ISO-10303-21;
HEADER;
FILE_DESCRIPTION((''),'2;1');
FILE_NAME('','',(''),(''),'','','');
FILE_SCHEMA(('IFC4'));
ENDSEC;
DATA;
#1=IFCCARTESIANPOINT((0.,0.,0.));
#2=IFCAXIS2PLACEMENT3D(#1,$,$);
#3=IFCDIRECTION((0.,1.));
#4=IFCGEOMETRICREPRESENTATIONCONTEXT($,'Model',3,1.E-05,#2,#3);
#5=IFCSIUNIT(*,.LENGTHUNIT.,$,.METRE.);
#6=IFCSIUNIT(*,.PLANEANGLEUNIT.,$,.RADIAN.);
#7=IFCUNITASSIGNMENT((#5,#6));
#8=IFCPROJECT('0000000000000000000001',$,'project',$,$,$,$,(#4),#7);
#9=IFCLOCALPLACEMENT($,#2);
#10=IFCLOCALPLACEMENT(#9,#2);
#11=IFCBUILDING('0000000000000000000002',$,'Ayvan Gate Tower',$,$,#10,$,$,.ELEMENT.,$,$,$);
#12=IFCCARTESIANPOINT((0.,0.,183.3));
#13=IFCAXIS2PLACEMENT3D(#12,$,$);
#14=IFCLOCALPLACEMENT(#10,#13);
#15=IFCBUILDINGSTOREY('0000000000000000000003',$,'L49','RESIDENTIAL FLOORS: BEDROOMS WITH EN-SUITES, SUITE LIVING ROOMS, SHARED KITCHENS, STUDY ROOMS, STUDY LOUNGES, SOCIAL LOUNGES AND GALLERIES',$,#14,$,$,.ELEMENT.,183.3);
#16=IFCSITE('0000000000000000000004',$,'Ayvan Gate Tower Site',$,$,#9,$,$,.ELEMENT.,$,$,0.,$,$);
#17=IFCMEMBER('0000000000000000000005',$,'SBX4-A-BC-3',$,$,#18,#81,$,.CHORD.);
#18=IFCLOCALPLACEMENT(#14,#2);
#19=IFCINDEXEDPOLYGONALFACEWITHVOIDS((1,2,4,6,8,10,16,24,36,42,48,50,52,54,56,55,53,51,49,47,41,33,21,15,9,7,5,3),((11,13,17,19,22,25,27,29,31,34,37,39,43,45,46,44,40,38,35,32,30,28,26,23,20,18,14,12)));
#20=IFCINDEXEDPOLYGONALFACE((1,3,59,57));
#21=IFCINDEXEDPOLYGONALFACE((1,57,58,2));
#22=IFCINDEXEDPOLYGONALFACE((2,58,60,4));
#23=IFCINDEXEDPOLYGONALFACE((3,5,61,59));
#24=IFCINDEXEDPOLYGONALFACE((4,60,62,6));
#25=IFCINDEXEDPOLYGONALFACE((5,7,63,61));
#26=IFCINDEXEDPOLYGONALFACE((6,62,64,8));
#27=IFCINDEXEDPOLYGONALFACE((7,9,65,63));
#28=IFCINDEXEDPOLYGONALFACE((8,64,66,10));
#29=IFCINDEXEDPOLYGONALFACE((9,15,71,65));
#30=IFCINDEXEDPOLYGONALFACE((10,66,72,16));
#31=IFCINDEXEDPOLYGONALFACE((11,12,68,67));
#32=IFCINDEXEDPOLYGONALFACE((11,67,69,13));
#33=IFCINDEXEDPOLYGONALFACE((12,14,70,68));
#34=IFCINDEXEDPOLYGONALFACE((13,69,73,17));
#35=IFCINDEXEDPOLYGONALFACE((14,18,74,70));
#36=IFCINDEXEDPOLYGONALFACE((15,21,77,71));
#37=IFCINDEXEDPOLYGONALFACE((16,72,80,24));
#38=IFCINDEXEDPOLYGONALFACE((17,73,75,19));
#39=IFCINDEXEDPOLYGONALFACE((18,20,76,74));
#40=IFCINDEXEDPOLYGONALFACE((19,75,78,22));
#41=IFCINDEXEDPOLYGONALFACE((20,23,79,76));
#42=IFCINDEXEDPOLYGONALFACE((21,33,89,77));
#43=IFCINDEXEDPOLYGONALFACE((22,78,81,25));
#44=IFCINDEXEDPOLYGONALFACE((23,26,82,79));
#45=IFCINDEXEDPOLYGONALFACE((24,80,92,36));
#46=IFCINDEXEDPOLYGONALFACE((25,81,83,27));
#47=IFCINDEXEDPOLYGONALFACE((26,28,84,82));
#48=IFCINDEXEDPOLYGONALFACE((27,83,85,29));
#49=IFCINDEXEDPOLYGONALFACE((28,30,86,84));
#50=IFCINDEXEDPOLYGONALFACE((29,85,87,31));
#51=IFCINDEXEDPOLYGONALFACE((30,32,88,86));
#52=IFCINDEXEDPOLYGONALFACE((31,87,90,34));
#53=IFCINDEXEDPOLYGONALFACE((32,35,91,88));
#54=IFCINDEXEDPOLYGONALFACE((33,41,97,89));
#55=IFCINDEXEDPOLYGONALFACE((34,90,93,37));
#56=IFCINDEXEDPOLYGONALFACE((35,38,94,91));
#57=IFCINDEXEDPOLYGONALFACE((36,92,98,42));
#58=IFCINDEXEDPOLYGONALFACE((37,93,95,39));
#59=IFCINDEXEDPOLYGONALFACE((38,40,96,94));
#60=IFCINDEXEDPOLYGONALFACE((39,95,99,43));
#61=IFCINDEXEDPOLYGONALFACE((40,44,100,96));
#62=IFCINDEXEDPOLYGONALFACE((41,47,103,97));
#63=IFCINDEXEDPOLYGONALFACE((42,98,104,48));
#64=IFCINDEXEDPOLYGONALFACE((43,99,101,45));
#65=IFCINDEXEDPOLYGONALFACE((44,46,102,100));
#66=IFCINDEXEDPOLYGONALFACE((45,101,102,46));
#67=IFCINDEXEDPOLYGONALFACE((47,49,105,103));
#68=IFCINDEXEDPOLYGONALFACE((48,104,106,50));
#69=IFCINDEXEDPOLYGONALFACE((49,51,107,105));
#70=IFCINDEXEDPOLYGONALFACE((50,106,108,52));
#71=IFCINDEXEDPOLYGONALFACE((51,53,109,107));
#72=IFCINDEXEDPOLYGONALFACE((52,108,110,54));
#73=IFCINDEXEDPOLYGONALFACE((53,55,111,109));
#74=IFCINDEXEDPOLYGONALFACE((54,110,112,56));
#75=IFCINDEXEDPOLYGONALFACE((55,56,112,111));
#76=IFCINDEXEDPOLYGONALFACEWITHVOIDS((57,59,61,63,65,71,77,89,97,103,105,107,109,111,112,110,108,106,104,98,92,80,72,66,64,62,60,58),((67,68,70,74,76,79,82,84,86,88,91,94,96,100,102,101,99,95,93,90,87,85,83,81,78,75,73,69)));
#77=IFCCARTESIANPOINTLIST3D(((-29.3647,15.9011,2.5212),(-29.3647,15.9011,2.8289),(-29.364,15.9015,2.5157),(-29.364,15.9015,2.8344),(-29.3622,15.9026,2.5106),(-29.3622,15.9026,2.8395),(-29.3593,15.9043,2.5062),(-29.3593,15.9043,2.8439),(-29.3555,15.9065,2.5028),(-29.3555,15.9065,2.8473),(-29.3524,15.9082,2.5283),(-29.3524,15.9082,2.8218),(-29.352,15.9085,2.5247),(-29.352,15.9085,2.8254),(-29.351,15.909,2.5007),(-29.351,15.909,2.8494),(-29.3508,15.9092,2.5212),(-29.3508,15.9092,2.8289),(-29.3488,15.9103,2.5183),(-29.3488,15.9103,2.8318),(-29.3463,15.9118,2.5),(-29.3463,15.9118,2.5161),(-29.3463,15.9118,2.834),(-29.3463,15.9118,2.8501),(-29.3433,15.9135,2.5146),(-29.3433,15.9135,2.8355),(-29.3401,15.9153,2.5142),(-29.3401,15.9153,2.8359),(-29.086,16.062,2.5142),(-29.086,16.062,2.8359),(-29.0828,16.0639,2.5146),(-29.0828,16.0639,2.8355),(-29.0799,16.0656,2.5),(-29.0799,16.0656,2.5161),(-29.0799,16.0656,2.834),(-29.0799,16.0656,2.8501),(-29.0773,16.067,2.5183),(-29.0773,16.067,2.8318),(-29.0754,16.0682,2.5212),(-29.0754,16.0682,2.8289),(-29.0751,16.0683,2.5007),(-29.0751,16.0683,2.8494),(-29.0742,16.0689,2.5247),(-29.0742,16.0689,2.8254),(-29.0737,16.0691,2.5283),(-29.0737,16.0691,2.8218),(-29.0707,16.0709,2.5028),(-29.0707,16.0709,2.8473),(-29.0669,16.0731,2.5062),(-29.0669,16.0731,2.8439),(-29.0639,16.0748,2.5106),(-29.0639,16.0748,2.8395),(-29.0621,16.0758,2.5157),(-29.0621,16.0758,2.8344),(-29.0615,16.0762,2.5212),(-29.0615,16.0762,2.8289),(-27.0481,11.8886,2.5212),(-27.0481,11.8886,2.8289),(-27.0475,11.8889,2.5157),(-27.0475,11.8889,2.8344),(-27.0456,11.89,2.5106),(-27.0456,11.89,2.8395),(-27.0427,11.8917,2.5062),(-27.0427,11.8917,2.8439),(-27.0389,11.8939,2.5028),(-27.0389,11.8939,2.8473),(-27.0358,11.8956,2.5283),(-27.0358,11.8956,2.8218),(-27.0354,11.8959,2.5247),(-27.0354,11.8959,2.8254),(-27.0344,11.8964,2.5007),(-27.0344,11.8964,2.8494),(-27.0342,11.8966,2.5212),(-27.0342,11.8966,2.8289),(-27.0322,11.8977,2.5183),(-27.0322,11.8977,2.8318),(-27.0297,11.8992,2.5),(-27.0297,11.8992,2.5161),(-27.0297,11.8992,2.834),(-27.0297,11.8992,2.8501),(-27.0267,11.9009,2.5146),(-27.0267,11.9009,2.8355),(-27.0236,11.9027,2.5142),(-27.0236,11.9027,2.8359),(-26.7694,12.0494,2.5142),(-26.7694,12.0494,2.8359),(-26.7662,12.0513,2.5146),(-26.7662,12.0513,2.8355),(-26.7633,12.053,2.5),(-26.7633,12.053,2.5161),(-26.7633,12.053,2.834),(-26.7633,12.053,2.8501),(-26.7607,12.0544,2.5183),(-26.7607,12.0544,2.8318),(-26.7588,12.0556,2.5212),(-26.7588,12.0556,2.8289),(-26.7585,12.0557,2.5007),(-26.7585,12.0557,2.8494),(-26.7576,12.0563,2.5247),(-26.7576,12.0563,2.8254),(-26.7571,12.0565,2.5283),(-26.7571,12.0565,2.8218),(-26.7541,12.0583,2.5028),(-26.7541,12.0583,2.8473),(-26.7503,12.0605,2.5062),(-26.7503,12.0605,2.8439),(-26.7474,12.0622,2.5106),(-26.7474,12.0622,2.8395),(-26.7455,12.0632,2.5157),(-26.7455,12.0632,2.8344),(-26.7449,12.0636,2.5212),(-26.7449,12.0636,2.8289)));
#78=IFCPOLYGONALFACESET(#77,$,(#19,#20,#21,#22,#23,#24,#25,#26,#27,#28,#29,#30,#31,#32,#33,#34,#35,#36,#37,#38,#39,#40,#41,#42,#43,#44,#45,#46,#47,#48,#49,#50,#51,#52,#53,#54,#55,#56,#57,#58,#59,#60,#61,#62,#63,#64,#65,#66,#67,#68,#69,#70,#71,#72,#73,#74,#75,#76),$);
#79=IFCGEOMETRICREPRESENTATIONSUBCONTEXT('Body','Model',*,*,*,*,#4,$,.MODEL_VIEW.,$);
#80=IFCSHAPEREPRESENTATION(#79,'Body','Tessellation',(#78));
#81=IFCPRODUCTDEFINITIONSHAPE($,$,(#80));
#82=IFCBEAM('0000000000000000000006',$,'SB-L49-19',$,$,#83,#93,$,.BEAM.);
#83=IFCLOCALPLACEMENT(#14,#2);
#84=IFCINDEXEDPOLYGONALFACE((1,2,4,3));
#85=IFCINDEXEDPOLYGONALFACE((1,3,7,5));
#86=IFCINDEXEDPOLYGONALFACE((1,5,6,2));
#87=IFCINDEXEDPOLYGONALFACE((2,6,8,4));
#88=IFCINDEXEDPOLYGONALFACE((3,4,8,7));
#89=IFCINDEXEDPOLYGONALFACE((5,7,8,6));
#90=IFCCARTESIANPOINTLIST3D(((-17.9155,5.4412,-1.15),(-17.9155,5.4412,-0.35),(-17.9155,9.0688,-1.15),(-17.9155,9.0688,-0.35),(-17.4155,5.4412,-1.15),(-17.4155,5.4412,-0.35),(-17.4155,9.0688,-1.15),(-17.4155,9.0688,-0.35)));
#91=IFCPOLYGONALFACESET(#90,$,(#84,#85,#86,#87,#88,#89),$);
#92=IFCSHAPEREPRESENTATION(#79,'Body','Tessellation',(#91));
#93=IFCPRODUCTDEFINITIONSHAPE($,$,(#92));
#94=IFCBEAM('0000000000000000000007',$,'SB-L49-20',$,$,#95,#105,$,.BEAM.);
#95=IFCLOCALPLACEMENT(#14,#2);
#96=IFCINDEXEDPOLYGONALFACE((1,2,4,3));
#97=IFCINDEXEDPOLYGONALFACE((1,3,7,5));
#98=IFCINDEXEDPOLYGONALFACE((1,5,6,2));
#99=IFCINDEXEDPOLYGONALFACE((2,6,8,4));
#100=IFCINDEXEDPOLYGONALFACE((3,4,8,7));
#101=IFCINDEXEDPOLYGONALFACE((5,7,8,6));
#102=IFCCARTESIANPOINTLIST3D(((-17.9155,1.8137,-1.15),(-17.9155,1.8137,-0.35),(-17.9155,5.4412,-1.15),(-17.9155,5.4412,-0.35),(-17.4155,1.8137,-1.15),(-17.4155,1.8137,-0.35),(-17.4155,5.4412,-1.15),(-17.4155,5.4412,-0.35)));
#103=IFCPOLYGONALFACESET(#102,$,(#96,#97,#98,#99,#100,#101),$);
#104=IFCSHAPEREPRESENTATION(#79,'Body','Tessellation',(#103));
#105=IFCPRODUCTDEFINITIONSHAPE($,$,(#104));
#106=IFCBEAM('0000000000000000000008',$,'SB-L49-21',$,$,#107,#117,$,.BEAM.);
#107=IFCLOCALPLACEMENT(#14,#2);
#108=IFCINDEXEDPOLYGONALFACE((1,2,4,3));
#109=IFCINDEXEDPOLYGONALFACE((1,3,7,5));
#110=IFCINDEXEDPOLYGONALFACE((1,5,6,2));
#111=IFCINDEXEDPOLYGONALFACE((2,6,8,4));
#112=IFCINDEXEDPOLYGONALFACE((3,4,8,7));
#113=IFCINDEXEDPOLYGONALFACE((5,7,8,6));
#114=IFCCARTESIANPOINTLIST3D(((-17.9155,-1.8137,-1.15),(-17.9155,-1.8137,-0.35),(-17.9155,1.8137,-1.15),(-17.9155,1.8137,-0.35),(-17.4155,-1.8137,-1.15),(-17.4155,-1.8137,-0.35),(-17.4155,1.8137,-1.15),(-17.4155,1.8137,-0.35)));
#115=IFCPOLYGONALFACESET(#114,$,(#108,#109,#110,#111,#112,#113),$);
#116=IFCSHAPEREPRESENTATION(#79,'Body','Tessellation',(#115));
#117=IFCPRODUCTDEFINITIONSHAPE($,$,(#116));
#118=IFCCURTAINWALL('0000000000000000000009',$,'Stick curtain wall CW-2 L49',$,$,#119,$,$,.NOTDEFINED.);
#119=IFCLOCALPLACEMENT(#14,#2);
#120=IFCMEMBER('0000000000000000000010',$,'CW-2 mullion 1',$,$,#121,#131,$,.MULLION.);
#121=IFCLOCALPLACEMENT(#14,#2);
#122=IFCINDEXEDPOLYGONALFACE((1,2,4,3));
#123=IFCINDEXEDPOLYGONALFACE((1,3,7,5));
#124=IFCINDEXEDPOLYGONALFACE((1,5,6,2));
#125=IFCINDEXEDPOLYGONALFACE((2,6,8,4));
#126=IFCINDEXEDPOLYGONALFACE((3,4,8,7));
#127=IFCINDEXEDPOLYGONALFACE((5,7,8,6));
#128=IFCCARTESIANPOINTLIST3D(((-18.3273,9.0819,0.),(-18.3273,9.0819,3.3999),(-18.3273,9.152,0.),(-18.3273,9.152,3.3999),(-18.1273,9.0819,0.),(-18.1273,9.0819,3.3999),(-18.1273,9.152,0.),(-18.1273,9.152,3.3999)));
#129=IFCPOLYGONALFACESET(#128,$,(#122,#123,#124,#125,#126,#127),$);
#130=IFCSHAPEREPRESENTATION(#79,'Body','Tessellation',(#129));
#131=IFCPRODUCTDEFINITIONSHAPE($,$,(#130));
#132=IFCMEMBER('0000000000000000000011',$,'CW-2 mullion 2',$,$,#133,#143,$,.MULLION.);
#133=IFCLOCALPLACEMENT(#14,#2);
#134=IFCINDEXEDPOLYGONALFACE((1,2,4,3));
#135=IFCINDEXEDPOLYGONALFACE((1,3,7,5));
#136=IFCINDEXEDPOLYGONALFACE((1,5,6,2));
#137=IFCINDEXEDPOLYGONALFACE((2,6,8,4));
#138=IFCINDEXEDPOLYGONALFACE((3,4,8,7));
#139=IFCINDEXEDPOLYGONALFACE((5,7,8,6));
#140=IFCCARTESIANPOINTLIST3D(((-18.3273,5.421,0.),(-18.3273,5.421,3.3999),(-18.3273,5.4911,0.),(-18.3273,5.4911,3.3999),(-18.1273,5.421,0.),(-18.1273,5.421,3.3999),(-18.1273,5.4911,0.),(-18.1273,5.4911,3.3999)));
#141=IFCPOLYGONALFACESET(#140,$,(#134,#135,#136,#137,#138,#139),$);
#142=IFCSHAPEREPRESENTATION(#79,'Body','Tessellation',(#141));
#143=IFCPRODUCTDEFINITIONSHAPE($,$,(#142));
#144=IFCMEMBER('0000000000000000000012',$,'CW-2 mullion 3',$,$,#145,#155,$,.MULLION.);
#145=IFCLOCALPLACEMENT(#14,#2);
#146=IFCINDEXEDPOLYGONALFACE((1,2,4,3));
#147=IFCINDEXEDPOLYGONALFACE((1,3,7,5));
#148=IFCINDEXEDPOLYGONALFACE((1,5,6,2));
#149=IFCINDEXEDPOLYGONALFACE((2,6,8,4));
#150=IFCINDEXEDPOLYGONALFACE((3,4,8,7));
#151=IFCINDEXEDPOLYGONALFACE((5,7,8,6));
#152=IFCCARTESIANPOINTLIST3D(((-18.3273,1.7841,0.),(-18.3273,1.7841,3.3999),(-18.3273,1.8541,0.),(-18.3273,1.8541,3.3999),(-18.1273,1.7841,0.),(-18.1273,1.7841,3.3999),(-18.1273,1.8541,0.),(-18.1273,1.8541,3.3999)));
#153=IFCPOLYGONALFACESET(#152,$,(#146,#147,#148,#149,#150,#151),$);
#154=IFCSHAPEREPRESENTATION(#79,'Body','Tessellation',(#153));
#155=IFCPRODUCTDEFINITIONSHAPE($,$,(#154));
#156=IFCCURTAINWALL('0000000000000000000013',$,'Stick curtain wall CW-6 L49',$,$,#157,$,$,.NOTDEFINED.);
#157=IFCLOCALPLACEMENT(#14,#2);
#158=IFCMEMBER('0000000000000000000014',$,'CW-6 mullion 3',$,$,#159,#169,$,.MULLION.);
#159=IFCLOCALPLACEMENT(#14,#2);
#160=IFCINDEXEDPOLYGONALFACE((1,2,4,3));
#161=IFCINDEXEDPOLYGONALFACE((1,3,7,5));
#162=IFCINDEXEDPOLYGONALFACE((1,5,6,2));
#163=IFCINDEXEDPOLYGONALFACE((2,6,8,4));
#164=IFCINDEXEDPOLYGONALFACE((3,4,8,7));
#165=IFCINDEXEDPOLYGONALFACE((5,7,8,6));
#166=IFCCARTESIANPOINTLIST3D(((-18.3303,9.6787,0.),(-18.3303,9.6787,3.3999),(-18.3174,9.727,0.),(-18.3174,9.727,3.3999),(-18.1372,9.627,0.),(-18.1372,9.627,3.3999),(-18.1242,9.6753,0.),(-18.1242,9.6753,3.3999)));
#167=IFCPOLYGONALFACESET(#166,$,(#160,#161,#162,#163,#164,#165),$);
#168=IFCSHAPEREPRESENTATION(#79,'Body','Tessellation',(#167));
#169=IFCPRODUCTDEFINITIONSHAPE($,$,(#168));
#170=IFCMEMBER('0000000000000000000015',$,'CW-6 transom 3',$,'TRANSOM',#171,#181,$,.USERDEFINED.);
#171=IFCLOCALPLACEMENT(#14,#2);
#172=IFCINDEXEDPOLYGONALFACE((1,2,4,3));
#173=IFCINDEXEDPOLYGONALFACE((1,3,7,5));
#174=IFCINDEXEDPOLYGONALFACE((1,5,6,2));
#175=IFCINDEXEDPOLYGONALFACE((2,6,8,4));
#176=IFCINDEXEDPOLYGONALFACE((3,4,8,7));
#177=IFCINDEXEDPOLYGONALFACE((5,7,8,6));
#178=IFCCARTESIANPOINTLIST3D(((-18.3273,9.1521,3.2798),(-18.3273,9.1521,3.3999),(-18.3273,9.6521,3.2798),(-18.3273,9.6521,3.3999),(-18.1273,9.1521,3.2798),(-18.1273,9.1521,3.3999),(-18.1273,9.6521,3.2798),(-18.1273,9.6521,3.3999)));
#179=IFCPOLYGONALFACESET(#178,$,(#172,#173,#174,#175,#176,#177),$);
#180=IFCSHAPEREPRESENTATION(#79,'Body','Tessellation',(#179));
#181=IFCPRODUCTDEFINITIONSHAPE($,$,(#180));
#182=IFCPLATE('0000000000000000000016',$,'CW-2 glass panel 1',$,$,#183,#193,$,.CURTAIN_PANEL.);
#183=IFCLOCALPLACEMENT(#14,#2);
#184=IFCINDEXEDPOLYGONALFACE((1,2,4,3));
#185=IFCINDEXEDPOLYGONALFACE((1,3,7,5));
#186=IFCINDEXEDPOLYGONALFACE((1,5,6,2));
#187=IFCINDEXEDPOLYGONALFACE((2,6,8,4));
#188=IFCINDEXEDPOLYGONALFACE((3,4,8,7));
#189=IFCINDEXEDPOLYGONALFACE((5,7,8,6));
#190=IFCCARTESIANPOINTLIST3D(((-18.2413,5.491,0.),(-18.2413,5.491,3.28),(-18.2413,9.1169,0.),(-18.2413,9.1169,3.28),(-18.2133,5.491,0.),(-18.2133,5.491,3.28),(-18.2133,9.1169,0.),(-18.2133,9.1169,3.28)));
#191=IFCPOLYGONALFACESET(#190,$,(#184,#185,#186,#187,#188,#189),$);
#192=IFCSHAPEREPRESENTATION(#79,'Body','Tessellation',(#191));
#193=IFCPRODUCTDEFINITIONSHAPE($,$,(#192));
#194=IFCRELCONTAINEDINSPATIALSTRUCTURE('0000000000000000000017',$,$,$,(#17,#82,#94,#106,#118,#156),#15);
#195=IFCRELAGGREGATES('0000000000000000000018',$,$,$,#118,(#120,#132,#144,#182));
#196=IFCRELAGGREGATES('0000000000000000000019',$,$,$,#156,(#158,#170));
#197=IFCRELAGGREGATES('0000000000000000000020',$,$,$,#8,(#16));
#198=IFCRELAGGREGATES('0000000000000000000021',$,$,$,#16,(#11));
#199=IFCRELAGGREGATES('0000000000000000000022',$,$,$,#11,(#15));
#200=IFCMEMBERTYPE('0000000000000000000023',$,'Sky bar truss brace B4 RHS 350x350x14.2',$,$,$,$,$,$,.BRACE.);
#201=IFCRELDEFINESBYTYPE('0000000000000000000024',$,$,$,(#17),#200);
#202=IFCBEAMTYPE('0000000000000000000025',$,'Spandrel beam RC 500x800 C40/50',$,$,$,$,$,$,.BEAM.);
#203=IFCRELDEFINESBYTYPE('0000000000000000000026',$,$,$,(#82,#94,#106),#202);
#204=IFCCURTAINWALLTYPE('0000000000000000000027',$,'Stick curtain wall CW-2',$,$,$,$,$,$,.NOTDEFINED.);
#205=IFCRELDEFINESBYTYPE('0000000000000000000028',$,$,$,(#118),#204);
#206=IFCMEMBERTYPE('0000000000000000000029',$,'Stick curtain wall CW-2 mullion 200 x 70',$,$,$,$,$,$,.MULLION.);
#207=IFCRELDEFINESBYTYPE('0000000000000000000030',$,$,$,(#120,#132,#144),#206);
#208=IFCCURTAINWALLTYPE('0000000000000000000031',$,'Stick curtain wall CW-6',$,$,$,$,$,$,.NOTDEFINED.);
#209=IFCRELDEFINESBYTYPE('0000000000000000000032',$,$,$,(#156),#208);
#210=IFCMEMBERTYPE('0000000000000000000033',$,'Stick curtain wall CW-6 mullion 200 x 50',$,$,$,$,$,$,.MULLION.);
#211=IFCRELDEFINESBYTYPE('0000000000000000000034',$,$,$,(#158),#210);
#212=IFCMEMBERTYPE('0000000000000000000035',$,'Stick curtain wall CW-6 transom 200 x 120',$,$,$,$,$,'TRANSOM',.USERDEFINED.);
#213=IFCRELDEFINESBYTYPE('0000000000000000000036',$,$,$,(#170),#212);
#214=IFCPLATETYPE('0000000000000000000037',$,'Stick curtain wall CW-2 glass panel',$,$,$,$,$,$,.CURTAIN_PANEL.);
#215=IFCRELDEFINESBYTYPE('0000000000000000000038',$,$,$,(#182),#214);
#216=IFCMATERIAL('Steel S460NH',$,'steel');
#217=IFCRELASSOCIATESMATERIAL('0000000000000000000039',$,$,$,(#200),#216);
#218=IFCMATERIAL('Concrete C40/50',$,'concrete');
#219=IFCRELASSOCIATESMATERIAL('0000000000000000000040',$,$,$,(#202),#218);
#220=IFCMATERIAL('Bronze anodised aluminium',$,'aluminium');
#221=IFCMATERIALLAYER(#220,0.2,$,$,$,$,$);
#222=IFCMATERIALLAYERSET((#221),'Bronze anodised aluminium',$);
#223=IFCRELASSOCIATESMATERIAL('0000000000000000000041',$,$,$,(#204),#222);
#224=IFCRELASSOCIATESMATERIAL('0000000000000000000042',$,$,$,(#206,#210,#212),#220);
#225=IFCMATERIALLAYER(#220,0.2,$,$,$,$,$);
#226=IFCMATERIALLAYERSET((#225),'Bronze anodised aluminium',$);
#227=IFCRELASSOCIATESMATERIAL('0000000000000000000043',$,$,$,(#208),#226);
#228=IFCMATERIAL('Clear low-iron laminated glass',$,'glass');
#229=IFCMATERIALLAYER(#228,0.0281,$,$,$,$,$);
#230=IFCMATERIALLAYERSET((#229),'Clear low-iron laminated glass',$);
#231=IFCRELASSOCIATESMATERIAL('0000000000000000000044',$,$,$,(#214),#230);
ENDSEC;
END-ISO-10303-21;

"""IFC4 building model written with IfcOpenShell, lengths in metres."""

from ifc_helpers import new_model, si_unit, direction, frame, origin, origin_2d, place, context, subcontext, project, spatial, rectangle, hollow_rectangle, extrude, material, layer, layer_set, material_profile, profile_set, type_object, element, aggregate, save


model = new_model("IFC4")

# Units and contexts
model_context = context("Model", 3, precision=1e-05, world=origin(), true_north=direction((0.0, 1.0)))
body_context = subcontext(model_context, "Body", "Model", "MODEL_VIEW")
ifc_project = project(units=[si_unit("LENGTHUNIT", "METRE"), si_unit("PLANEANGLEUNIT", "RADIAN")], contexts=[model_context])

# Site, building, storey
site_placement = place(None, origin())
site = spatial("IfcSite", under=ifc_project, at=site_placement, Name="Ayvan Gate Tower Site", CompositionType="ELEMENT", RefElevation=0.0)
building_placement = place(site_placement, origin())
building = spatial("IfcBuilding", under=site, at=building_placement, Name="Ayvan Gate Tower", CompositionType="ELEMENT")
storey_placement = place(building_placement, frame((0.0, 0.0, 183.3)))
storey = spatial("IfcBuildingStorey", under=building, at=storey_placement, Name="L49", Description="RESIDENTIAL FLOORS: BEDROOMS WITH EN-SUITES, SUITE LIVING ROOMS, SHARED KITCHENS, STUDY ROOMS, STUDY LOUNGES, SOCIAL LOUNGES AND GALLERIES", CompositionType="ELEMENT", Elevation=183.3)

# Member
ifc_material_1 = material(Name="Steel S460NH", Category="steel")
ifc_material_profile_1 = material_profile(ifc_material_1, hollow_rectangle(XDim=0.3501, YDim=0.3501, WallThickness=0.0142, InnerFilletRadius=0.0142, OuterFilletRadius=0.0212, at=origin_2d()), Name="RHS 350x350x14.2")
ifc_profile_set_1 = profile_set([ifc_material_profile_1], Name="Steel S460NH")
member_type_1 = type_object("IfcMemberType", Name="Sky bar truss brace B4 RHS 350x350x14.2", PredefinedType="BRACE", material=ifc_profile_set_1)
for number, where, z_axis, x_axis, name in (
    (1, (-26.8965, 11.9761, 2.675), (-0.499987, 0.866033, 0.0), (-0.866033, -0.499987, 0.0), "SBX4-A-BC-3"),
):
    element("IfcMember", number, at=place(storey_placement, frame(where, z_axis=z_axis, x_axis=x_axis)), inside=storey, type_object=member_type_1, Name=name, PredefinedType="CHORD", context=body_context, shape_type="SweptSolid", body=[
        extrude(hollow_rectangle(XDim=0.3501, YDim=0.3501, WallThickness=0.0142, InnerFilletRadius=0.0142, OuterFilletRadius=0.0212, at=origin_2d()), origin(), (0.0, 0.0, 1.0), 4.6333),
    ])

# Beams
ifc_material_2 = material(Name="Concrete C40/50", Category="concrete")
ifc_material_profile_2 = material_profile(ifc_material_2, rectangle(XDim=0.5, YDim=0.8, at=origin_2d()), Name="RC 500x800")
ifc_profile_set_2 = profile_set([ifc_material_profile_2], Name="Concrete C40/50")
beam_type = type_object("IfcBeamType", Name="Spandrel beam RC 500x800 C40/50", PredefinedType="BEAM", material=ifc_profile_set_2)
beam_placement = place(storey_placement, frame((-17.6655, 9.0688, -0.75), z_axis=(0.0, -1.0, 0.0), x_axis=(1.0, 0.0, 0.0)))
element("IfcBeam", 2, at=beam_placement, inside=storey, type_object=beam_type, Name="SB-L49-19", PredefinedType="BEAM", context=body_context, shape_type="SweptSolid", body=[
    extrude(rectangle(XDim=0.5, YDim=0.8, at=origin_2d()), origin(), (0.0, 0.0, 1.0), 3.6277),
])
for number, where, z_axis, x_axis, name in (
    (3, (-17.6655, 5.4412, -0.75), (0.0, -1.0, 0.0), (1.0, 0.0, 0.0), "SB-L49-20"),
    (4, (-17.6655, 1.8137, -0.75), (0.0, -1.0, 0.0), (1.0, 0.0, 0.0), "SB-L49-21"),
):
    element("IfcBeam", number, at=place(storey_placement, frame(where, z_axis=z_axis, x_axis=x_axis)), inside=storey, type_object=beam_type, Name=name, PredefinedType="BEAM", context=body_context, shape_type="SweptSolid", body=[
        extrude(rectangle(XDim=0.5, YDim=0.8, at=origin_2d()), origin(), (0.0, 0.0, 1.0), 3.6274),
    ])

# Curtain walls, members
ifc_material_3 = material(Name="Bronze anodised aluminium", Category="aluminium")
ifc_layer_1 = layer(ifc_material_3, 0.2)
ifc_layer_set_1 = layer_set([ifc_layer_1], Name="Bronze anodised aluminium")
curtain_wall_type_1 = type_object("IfcCurtainWallType", Name="Stick curtain wall CW-2", PredefinedType="NOTDEFINED", material=ifc_layer_set_1)
curtain_wall_1_placement = place(storey_placement, origin())
curtain_wall_1 = element("IfcCurtainWall", 5, at=curtain_wall_1_placement, inside=storey, type_object=curtain_wall_type_1, Name="Stick curtain wall CW-2 L49", PredefinedType="NOTDEFINED")
ifc_material_profile_3 = material_profile(ifc_material_3, rectangle(XDim=0.2, YDim=0.0701, at=origin_2d()), Name="Stick curtain wall CW-2 mullion 200 x 70")
ifc_profile_set_3 = profile_set([ifc_material_profile_3], Name="Bronze anodised aluminium")
member_type_2 = type_object("IfcMemberType", Name="Stick curtain wall CW-2 mullion 200 x 70", PredefinedType="MULLION", material=ifc_profile_set_3)
member_1_placement = place(storey_placement, frame((-18.2273, 9.1169, 0.0), z_axis=(0.0, 0.0, 1.0), x_axis=(-1.0, 0.0, 0.0)))
member_1 = element("IfcMember", 6, at=member_1_placement, type_object=member_type_2, Name="CW-2 mullion 1", PredefinedType="MULLION", context=body_context, shape_type="SweptSolid", body=[
    extrude(rectangle(XDim=0.2, YDim=0.0701, at=origin_2d()), origin(), (0.0, 0.0, 1.0), 3.3999),
])
member_2_placement = place(storey_placement, frame((-18.2273, 5.4561, 0.0), z_axis=(0.0, 0.0, 1.0), x_axis=(-1.0, 0.0, 0.0)))
member_2 = element("IfcMember", 7, at=member_2_placement, type_object=member_type_2, Name="CW-2 mullion 2", PredefinedType="MULLION", context=body_context, shape_type="SweptSolid", body=[
    extrude(rectangle(XDim=0.2, YDim=0.0701, at=origin_2d()), origin(), (0.0, 0.0, 1.0), 3.3999),
])
member_3_placement = place(storey_placement, frame((-18.2273, 1.8191, 0.0), z_axis=(0.0, 0.0, 1.0), x_axis=(-1.0, 0.0, 0.0)))
member_3 = element("IfcMember", 8, at=member_3_placement, type_object=member_type_2, Name="CW-2 mullion 3", PredefinedType="MULLION", context=body_context, shape_type="SweptSolid", body=[
    extrude(rectangle(XDim=0.2, YDim=0.0701, at=origin_2d()), origin(), (0.0, 0.0, 1.0), 3.3999),
])
ifc_layer_2 = layer(ifc_material_3, 0.2)
ifc_layer_set_2 = layer_set([ifc_layer_2], Name="Bronze anodised aluminium")
curtain_wall_type_2 = type_object("IfcCurtainWallType", Name="Stick curtain wall CW-6", PredefinedType="NOTDEFINED", material=ifc_layer_set_2)
curtain_wall_2_placement = place(storey_placement, origin())
curtain_wall_2 = element("IfcCurtainWall", 9, at=curtain_wall_2_placement, inside=storey, type_object=curtain_wall_type_2, Name="Stick curtain wall CW-6 L49", PredefinedType="NOTDEFINED")
ifc_material_profile_4 = material_profile(ifc_material_3, rectangle(XDim=0.2, YDim=0.05, at=origin_2d()), Name="Stick curtain wall CW-6 mullion 200 x 50")
ifc_profile_set_4 = profile_set([ifc_material_profile_4], Name="Bronze anodised aluminium")
member_type_3 = type_object("IfcMemberType", Name="Stick curtain wall CW-6 mullion 200 x 50", PredefinedType="MULLION", material=ifc_profile_set_4)
member_4_placement = place(storey_placement, frame((-18.2273, 9.677, 0.0), z_axis=(0.0, 0.0, 1.0), x_axis=(-0.965926, 0.258819, 0.0)))
member_4 = element("IfcMember", 10, at=member_4_placement, type_object=member_type_3, Name="CW-6 mullion 3", PredefinedType="MULLION", context=body_context, shape_type="SweptSolid", body=[
    extrude(rectangle(XDim=0.2, YDim=0.05, at=origin_2d()), origin(), (0.0, 0.0, 1.0), 3.3999),
])
ifc_material_profile_5 = material_profile(ifc_material_3, rectangle(XDim=0.2, YDim=0.1201, at=origin_2d()), Name="Stick curtain wall CW-6 transom 200 x 120")
ifc_profile_set_5 = profile_set([ifc_material_profile_5], Name="Bronze anodised aluminium")
member_type_4 = type_object("IfcMemberType", Name="Stick curtain wall CW-6 transom 200 x 120", ElementType="TRANSOM", PredefinedType="USERDEFINED", material=ifc_profile_set_5)
member_5_placement = place(storey_placement, frame((-18.2273, 9.6521, 3.3398), z_axis=(0.0, -1.0, 0.0), x_axis=(1.0, 0.0, 0.0)))
member_5 = element("IfcMember", 11, at=member_5_placement, type_object=member_type_4, Name="CW-6 transom 3", ObjectType="TRANSOM", PredefinedType="USERDEFINED", context=body_context, shape_type="SweptSolid", body=[
    extrude(rectangle(XDim=0.2, YDim=0.1201, at=origin_2d()), origin(), (0.0, 0.0, 1.0), 0.5),
])

# Plate
ifc_material_4 = material(Name="Clear low-iron laminated glass", Category="glass")
ifc_layer_3 = layer(ifc_material_4, 0.0281)
ifc_layer_set_3 = layer_set([ifc_layer_3], Name="Clear low-iron laminated glass")
plate_type_1 = type_object("IfcPlateType", Name="Stick curtain wall CW-2 glass panel", PredefinedType="CURTAIN_PANEL", material=ifc_layer_set_3)
plate_1_placement = place(storey_placement, frame((-18.2273, 7.304, 0.0), z_axis=(0.0, 0.0, 1.0), x_axis=(0.0, -1.0, 0.0)))
plate_1 = element("IfcPlate", 12, at=plate_1_placement, type_object=plate_type_1, Name="CW-2 glass panel 1", PredefinedType="CURTAIN_PANEL", context=body_context, shape_type="SweptSolid", body=[
    extrude(rectangle(XDim=3.626, YDim=0.0281, at=origin_2d()), origin(), (0.0, 0.0, 1.0), 3.28),
])
aggregate(curtain_wall_1, [member_1, member_2, member_3, plate_1])
aggregate(curtain_wall_2, [member_4, member_5])

save(model, "model.ifc")
